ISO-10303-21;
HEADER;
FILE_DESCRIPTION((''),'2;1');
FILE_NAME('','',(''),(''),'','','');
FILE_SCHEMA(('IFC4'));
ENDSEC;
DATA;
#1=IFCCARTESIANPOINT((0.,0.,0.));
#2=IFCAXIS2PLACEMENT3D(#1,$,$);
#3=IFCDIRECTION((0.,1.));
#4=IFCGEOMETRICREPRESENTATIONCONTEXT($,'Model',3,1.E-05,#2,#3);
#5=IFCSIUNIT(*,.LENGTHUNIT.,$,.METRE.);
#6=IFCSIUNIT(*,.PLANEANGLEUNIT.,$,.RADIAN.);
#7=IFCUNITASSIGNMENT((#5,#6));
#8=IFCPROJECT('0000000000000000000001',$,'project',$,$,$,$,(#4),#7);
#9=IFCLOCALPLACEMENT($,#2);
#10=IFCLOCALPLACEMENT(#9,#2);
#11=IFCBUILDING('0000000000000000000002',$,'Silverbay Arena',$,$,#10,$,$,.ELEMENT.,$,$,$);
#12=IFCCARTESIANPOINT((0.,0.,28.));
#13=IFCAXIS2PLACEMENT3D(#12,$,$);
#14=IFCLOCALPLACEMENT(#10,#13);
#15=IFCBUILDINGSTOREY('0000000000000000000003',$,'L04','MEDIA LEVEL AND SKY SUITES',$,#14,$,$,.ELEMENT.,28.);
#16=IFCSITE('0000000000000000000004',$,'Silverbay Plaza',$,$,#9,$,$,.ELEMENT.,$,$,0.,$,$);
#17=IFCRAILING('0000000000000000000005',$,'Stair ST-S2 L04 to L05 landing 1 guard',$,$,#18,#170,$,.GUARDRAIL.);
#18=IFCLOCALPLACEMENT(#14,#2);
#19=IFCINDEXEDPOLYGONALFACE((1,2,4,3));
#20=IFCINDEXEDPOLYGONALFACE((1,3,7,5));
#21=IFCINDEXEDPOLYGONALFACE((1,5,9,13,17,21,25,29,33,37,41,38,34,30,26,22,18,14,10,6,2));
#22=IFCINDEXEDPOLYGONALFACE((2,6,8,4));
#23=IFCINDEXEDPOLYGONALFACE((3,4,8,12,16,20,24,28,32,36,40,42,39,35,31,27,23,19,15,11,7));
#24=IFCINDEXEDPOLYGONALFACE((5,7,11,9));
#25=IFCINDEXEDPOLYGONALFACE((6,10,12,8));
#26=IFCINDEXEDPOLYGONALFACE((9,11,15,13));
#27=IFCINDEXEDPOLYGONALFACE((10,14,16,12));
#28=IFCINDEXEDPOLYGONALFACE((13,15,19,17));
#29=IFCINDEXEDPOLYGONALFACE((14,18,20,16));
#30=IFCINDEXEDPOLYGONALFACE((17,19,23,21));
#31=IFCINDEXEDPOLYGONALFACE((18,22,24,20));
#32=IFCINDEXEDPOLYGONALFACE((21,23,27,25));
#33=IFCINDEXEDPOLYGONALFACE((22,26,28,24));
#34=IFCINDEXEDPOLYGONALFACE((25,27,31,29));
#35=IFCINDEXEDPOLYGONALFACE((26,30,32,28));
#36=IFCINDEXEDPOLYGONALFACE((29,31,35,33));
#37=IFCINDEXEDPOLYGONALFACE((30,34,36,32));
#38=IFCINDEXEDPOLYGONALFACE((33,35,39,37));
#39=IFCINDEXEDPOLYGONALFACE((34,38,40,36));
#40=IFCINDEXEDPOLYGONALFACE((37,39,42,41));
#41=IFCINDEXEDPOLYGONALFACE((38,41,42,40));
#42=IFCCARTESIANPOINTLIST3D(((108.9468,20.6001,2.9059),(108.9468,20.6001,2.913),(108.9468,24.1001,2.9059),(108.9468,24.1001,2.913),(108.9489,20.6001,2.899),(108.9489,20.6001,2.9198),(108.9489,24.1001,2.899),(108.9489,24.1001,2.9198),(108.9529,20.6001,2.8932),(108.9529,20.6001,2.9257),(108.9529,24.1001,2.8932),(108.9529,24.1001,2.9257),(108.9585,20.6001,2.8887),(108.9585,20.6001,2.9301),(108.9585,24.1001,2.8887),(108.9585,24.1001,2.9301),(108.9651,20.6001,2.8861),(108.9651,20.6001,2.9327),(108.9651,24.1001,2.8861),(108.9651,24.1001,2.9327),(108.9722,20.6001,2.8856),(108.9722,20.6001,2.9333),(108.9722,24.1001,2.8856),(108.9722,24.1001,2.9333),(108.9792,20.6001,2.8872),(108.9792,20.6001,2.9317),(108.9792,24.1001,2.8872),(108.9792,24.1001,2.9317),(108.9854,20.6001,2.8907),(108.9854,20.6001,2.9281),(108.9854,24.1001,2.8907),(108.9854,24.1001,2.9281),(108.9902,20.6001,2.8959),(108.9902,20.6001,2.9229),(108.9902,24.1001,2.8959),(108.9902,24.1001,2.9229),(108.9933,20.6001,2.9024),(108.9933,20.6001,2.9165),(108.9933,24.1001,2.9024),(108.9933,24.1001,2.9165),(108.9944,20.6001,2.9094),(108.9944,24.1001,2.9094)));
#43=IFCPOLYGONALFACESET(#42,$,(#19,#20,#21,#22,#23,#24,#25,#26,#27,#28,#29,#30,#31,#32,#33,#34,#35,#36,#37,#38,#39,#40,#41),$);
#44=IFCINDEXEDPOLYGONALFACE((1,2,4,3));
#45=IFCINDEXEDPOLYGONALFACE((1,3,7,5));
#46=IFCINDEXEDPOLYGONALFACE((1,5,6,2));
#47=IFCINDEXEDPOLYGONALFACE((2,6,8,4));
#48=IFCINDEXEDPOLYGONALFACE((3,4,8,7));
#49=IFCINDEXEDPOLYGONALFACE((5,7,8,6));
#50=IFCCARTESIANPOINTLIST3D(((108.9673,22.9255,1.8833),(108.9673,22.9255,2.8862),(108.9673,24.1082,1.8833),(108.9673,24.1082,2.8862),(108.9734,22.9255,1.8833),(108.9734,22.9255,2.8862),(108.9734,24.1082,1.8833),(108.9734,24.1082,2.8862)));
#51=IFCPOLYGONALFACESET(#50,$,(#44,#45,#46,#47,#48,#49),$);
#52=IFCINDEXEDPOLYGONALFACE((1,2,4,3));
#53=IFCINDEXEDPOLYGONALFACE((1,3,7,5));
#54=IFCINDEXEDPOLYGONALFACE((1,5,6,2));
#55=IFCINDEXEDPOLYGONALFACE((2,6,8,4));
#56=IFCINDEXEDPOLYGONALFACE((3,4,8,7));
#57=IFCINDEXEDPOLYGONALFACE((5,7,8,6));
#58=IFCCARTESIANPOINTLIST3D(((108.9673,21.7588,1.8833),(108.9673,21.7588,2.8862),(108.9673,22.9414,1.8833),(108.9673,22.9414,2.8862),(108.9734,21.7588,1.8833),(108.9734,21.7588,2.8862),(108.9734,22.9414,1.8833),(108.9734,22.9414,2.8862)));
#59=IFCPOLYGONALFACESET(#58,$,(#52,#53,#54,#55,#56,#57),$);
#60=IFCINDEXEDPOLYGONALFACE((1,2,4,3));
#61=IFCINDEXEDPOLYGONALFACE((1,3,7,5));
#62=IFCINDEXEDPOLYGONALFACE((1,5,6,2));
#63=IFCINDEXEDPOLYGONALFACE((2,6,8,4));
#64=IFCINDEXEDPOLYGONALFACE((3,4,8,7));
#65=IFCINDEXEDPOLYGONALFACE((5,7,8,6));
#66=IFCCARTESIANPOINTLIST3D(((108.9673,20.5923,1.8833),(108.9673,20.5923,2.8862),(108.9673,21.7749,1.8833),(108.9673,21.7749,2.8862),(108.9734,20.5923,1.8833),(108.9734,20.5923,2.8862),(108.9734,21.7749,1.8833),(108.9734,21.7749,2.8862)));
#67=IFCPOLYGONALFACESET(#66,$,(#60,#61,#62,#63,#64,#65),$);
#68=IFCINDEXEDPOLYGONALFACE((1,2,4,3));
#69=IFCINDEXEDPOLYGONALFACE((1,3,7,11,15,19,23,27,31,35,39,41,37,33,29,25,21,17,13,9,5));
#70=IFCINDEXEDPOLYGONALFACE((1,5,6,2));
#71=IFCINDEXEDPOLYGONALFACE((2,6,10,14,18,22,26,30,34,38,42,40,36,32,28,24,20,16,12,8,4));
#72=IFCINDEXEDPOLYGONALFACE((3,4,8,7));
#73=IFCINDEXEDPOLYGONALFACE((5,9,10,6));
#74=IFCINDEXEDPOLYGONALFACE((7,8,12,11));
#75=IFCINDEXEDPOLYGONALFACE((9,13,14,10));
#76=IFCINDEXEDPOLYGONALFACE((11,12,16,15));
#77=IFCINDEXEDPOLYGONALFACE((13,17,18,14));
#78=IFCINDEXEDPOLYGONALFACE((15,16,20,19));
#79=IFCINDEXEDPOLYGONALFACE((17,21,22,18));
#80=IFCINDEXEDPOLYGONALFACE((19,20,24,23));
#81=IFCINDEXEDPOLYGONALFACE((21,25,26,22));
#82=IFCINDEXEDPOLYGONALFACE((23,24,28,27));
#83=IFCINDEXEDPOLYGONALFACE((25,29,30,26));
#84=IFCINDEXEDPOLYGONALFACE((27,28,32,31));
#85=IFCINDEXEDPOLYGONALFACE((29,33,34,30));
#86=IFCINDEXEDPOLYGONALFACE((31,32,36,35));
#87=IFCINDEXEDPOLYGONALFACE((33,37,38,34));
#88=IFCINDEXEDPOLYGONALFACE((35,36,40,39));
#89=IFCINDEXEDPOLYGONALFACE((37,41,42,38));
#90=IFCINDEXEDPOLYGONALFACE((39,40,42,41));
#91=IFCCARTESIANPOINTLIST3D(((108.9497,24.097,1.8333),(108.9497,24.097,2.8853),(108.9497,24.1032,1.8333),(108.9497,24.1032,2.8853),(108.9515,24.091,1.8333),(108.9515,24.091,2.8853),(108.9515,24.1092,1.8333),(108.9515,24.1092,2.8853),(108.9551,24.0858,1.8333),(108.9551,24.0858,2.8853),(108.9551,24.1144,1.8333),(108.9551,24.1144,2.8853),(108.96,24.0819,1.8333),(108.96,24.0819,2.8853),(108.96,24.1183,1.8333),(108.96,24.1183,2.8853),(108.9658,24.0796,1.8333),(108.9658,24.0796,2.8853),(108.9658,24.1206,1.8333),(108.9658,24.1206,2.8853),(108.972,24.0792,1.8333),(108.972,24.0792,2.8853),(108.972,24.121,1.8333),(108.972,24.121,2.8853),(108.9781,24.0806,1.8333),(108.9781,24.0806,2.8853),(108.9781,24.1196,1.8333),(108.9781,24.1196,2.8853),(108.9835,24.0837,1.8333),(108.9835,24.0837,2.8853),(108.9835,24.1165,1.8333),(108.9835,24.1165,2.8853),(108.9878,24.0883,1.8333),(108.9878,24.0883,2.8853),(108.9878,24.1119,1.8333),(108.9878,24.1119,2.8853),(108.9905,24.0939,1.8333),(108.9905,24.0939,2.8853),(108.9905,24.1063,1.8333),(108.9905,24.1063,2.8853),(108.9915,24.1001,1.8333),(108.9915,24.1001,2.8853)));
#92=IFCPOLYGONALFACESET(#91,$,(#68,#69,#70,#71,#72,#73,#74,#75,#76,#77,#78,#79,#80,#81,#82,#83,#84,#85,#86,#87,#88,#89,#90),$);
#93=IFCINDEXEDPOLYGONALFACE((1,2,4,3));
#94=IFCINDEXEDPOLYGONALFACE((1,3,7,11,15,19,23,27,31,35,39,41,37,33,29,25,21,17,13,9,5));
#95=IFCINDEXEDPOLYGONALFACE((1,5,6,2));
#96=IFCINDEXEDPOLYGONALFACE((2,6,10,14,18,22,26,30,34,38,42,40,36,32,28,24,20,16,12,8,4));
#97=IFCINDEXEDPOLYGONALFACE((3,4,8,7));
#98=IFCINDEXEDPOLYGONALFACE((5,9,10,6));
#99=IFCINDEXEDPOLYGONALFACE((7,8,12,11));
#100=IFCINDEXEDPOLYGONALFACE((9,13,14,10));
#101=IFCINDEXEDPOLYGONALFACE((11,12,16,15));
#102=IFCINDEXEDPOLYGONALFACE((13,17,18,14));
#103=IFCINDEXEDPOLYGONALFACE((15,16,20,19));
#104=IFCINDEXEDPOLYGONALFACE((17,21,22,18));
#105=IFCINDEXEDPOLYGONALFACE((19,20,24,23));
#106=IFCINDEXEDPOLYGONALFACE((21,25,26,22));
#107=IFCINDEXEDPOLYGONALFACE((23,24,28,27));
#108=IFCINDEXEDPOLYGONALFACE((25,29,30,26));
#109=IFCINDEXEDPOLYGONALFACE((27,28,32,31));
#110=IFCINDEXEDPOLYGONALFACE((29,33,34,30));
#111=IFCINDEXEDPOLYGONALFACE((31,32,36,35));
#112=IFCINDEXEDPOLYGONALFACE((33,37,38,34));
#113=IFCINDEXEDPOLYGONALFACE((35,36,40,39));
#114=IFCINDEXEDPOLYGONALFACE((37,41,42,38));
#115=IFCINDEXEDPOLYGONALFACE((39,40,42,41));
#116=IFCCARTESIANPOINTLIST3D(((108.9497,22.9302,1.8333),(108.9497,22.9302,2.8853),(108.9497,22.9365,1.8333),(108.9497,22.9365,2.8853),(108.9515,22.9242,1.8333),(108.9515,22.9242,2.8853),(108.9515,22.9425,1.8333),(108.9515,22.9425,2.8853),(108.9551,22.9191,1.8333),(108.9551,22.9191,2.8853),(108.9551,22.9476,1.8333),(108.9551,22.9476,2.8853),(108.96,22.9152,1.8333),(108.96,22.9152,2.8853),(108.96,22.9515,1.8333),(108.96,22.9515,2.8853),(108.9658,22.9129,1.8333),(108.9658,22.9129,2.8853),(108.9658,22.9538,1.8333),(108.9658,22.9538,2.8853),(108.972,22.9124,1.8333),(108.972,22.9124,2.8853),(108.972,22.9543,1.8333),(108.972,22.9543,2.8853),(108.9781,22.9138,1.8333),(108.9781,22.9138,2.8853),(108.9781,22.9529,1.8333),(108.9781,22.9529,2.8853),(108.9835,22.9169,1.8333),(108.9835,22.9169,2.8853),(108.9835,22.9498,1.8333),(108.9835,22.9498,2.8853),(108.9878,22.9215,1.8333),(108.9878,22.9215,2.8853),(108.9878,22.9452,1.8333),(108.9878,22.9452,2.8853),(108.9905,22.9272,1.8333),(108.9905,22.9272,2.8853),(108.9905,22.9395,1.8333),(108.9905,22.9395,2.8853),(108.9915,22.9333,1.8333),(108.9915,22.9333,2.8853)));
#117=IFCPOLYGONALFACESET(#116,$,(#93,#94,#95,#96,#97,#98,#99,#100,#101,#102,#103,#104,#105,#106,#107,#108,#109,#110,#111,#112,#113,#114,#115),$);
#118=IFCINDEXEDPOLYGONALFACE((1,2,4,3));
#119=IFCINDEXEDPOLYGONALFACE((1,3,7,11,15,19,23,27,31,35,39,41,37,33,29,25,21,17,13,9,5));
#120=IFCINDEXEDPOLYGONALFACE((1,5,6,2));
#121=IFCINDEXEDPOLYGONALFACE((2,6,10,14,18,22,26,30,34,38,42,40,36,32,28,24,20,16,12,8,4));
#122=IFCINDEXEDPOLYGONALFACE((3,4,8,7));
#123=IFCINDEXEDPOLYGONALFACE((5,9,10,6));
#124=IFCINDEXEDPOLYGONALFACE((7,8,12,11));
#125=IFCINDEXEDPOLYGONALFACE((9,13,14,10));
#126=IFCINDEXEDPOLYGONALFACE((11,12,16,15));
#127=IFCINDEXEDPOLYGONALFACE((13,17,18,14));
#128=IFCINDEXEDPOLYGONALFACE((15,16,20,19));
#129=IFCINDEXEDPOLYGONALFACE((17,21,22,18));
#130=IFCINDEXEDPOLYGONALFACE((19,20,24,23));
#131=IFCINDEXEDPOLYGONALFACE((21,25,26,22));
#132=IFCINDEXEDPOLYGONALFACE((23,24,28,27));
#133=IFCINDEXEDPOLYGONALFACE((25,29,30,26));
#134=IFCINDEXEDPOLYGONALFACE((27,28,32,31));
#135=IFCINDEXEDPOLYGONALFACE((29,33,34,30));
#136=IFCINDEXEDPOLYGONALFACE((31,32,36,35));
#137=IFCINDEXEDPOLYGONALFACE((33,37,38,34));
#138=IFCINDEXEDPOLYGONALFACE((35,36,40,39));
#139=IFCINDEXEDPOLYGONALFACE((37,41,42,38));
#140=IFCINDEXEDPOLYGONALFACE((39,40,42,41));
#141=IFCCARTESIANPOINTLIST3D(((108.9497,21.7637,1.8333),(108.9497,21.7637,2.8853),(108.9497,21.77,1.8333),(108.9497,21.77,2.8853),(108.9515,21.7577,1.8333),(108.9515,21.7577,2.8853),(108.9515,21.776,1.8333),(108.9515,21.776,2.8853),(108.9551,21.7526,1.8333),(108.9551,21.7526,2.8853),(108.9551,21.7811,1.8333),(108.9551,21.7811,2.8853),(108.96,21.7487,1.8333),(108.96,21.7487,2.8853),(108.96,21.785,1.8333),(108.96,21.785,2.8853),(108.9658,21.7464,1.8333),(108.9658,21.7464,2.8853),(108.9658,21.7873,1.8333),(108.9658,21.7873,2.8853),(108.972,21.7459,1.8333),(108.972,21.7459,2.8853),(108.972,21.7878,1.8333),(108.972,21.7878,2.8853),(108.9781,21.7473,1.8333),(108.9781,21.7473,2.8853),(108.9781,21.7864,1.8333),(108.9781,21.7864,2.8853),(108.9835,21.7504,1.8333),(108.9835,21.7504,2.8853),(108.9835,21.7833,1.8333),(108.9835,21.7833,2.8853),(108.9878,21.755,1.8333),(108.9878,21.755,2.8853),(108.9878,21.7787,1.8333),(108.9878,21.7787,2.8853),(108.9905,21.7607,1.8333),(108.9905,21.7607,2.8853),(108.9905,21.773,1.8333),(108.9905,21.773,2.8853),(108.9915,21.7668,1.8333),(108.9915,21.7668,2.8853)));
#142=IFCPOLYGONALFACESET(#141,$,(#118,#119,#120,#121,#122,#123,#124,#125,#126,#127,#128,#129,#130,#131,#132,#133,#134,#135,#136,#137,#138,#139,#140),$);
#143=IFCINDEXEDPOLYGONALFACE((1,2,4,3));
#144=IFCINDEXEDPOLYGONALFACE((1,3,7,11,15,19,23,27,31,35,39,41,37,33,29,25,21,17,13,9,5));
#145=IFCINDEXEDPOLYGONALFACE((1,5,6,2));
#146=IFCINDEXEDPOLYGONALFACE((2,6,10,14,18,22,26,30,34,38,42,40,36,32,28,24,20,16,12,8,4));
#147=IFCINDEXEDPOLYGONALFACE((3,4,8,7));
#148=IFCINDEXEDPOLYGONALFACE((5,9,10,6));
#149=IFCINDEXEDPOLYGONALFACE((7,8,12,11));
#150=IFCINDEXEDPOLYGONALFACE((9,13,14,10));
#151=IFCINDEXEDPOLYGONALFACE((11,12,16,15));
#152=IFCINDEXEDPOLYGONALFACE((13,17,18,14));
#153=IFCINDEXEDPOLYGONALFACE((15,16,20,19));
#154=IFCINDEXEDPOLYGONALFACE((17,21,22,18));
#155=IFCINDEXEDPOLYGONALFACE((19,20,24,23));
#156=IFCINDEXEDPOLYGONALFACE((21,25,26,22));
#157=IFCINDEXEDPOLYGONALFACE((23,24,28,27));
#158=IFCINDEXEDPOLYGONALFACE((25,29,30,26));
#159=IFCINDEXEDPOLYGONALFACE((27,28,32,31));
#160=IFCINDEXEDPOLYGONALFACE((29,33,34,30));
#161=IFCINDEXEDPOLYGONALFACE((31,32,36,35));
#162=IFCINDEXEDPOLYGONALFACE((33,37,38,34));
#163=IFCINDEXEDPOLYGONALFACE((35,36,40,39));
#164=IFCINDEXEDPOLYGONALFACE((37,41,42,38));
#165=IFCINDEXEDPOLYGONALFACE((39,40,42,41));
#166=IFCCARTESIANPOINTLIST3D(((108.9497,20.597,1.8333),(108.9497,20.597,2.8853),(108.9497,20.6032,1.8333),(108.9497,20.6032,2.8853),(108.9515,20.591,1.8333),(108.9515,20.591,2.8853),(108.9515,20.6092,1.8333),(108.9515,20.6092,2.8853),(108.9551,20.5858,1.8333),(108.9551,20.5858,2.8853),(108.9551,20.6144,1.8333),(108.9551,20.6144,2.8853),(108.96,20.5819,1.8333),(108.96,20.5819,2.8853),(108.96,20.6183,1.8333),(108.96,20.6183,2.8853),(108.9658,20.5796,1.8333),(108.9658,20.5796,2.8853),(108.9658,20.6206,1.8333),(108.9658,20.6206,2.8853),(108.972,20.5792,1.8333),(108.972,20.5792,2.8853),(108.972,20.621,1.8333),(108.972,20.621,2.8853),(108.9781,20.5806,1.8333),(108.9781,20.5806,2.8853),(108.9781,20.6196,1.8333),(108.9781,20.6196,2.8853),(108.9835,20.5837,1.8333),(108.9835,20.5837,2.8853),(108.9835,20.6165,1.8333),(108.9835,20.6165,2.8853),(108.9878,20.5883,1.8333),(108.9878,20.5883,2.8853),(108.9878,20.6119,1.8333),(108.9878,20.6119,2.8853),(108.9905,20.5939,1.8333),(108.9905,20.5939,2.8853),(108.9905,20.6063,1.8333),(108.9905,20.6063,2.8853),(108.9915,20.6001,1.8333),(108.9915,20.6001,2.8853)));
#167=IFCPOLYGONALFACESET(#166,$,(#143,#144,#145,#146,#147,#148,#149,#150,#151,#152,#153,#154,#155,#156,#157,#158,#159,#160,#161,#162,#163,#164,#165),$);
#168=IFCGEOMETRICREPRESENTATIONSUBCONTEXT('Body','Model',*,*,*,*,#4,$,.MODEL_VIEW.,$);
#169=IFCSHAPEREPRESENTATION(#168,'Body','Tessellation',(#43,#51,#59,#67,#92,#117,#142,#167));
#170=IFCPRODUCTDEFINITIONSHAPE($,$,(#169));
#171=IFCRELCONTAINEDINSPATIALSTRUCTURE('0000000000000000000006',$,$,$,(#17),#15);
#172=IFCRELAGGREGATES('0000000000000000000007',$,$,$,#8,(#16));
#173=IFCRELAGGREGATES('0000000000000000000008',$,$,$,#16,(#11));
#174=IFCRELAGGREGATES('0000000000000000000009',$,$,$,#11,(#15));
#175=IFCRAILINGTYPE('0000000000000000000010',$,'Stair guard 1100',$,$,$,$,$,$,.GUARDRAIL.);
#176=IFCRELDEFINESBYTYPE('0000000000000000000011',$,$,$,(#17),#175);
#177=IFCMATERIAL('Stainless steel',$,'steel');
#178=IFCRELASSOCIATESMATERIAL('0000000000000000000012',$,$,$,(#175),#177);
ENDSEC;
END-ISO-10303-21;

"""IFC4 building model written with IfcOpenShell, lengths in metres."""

from ifc_helpers import new_model, si_unit, direction, frame, origin, origin_2d, place, context, subcontext, project, spatial, polyline, circle, outline, extrude, material, type_object, element, save


model = new_model("IFC4")

# Units and contexts
model_context = context("Model", 3, precision=1e-05, world=origin(), true_north=direction((0.0, 1.0)))
body_context = subcontext(model_context, "Body", "Model", "MODEL_VIEW")
ifc_project = project(units=[si_unit("LENGTHUNIT", "METRE"), si_unit("PLANEANGLEUNIT", "RADIAN")], contexts=[model_context])

# Site, building, storey
site_placement = place(None, origin())
site = spatial("IfcSite", under=ifc_project, at=site_placement, Name="Silverbay Plaza", CompositionType="ELEMENT", RefElevation=0.0)
building_placement = place(site_placement, origin())
building = spatial("IfcBuilding", under=site, at=building_placement, Name="Silverbay Arena", CompositionType="ELEMENT")
storey_placement = place(building_placement, frame((0.0, 0.0, 28.0)))
storey = spatial("IfcBuildingStorey", under=building, at=storey_placement, Name="L04", Description="MEDIA LEVEL AND SKY SUITES", CompositionType="ELEMENT", Elevation=28.0)

# Railing
ifc_material_1 = material(Name="Stainless steel", Category="steel")
railing_type_1 = type_object("IfcRailingType", Name="Stair guard 1100", PredefinedType="GUARDRAIL", material=ifc_material_1)
for number, where, name in (
    (1, (108.9705, 24.1001, 1.8333), "Stair ST-S2 L04 to L05 landing 1 guard"),
):
    element("IfcRailing", number, at=place(storey_placement, frame(where)), inside=storey, type_object=railing_type_1, Name=name, PredefinedType="GUARDRAIL", context=body_context, shape_type="SweptSolid", body=[
        extrude(circle(Radius=0.0239, at=origin_2d()), frame((0.0, 0.0, 1.0762), z_axis=(0.0, -1.0, 0.0), x_axis=(1.0, 0.0, 0.0)), (0.0, 0.0, 1.0), 3.5),
        extrude(outline(polyline([(-0.0081, 0.05), (1.1746, 0.05), (1.1746, 1.053), (-0.0081, 1.053), (-0.0081, 0.05)])), frame((0.0029, 0.0, 0.0), z_axis=(-1.0, 0.0, 0.0), x_axis=(0.0, -1.0, 0.0)), (0.0, 0.0, 1.0), 0.0061),
        extrude(outline(polyline([(-0.0081, 0.05), (1.1746, 0.05), (1.1746, 1.053), (-0.0081, 1.053), (-0.0081, 0.05)])), frame((0.0029, -1.1667, 0.0), z_axis=(-1.0, 0.0, 0.0), x_axis=(0.0, -1.0, 0.0)), (0.0, 0.0, 1.0), 0.0061),
        extrude(outline(polyline([(-0.0081, 0.05), (1.1746, 0.05), (1.1746, 1.053), (-0.0081, 1.053), (-0.0081, 0.05)])), frame((0.0029, -2.3333, 0.0), z_axis=(-1.0, 0.0, 0.0), x_axis=(0.0, -1.0, 0.0)), (0.0, 0.0, 1.0), 0.0061),
        extrude(circle(Radius=0.021, at=origin_2d()), origin(), (0.0, 0.0, 1.0), 1.052),
        extrude(circle(Radius=0.021, at=origin_2d()), frame((0.0, -1.1667, 0.0)), (0.0, 0.0, 1.0), 1.052),
        extrude(circle(Radius=0.021, at=origin_2d()), frame((0.0, -2.3333, 0.0)), (0.0, 0.0, 1.0), 1.052),
        extrude(circle(Radius=0.021, at=origin_2d()), frame((0.0, -3.5, 0.0)), (0.0, 0.0, 1.0), 1.052),
    ])

save(model, "model.ifc")
